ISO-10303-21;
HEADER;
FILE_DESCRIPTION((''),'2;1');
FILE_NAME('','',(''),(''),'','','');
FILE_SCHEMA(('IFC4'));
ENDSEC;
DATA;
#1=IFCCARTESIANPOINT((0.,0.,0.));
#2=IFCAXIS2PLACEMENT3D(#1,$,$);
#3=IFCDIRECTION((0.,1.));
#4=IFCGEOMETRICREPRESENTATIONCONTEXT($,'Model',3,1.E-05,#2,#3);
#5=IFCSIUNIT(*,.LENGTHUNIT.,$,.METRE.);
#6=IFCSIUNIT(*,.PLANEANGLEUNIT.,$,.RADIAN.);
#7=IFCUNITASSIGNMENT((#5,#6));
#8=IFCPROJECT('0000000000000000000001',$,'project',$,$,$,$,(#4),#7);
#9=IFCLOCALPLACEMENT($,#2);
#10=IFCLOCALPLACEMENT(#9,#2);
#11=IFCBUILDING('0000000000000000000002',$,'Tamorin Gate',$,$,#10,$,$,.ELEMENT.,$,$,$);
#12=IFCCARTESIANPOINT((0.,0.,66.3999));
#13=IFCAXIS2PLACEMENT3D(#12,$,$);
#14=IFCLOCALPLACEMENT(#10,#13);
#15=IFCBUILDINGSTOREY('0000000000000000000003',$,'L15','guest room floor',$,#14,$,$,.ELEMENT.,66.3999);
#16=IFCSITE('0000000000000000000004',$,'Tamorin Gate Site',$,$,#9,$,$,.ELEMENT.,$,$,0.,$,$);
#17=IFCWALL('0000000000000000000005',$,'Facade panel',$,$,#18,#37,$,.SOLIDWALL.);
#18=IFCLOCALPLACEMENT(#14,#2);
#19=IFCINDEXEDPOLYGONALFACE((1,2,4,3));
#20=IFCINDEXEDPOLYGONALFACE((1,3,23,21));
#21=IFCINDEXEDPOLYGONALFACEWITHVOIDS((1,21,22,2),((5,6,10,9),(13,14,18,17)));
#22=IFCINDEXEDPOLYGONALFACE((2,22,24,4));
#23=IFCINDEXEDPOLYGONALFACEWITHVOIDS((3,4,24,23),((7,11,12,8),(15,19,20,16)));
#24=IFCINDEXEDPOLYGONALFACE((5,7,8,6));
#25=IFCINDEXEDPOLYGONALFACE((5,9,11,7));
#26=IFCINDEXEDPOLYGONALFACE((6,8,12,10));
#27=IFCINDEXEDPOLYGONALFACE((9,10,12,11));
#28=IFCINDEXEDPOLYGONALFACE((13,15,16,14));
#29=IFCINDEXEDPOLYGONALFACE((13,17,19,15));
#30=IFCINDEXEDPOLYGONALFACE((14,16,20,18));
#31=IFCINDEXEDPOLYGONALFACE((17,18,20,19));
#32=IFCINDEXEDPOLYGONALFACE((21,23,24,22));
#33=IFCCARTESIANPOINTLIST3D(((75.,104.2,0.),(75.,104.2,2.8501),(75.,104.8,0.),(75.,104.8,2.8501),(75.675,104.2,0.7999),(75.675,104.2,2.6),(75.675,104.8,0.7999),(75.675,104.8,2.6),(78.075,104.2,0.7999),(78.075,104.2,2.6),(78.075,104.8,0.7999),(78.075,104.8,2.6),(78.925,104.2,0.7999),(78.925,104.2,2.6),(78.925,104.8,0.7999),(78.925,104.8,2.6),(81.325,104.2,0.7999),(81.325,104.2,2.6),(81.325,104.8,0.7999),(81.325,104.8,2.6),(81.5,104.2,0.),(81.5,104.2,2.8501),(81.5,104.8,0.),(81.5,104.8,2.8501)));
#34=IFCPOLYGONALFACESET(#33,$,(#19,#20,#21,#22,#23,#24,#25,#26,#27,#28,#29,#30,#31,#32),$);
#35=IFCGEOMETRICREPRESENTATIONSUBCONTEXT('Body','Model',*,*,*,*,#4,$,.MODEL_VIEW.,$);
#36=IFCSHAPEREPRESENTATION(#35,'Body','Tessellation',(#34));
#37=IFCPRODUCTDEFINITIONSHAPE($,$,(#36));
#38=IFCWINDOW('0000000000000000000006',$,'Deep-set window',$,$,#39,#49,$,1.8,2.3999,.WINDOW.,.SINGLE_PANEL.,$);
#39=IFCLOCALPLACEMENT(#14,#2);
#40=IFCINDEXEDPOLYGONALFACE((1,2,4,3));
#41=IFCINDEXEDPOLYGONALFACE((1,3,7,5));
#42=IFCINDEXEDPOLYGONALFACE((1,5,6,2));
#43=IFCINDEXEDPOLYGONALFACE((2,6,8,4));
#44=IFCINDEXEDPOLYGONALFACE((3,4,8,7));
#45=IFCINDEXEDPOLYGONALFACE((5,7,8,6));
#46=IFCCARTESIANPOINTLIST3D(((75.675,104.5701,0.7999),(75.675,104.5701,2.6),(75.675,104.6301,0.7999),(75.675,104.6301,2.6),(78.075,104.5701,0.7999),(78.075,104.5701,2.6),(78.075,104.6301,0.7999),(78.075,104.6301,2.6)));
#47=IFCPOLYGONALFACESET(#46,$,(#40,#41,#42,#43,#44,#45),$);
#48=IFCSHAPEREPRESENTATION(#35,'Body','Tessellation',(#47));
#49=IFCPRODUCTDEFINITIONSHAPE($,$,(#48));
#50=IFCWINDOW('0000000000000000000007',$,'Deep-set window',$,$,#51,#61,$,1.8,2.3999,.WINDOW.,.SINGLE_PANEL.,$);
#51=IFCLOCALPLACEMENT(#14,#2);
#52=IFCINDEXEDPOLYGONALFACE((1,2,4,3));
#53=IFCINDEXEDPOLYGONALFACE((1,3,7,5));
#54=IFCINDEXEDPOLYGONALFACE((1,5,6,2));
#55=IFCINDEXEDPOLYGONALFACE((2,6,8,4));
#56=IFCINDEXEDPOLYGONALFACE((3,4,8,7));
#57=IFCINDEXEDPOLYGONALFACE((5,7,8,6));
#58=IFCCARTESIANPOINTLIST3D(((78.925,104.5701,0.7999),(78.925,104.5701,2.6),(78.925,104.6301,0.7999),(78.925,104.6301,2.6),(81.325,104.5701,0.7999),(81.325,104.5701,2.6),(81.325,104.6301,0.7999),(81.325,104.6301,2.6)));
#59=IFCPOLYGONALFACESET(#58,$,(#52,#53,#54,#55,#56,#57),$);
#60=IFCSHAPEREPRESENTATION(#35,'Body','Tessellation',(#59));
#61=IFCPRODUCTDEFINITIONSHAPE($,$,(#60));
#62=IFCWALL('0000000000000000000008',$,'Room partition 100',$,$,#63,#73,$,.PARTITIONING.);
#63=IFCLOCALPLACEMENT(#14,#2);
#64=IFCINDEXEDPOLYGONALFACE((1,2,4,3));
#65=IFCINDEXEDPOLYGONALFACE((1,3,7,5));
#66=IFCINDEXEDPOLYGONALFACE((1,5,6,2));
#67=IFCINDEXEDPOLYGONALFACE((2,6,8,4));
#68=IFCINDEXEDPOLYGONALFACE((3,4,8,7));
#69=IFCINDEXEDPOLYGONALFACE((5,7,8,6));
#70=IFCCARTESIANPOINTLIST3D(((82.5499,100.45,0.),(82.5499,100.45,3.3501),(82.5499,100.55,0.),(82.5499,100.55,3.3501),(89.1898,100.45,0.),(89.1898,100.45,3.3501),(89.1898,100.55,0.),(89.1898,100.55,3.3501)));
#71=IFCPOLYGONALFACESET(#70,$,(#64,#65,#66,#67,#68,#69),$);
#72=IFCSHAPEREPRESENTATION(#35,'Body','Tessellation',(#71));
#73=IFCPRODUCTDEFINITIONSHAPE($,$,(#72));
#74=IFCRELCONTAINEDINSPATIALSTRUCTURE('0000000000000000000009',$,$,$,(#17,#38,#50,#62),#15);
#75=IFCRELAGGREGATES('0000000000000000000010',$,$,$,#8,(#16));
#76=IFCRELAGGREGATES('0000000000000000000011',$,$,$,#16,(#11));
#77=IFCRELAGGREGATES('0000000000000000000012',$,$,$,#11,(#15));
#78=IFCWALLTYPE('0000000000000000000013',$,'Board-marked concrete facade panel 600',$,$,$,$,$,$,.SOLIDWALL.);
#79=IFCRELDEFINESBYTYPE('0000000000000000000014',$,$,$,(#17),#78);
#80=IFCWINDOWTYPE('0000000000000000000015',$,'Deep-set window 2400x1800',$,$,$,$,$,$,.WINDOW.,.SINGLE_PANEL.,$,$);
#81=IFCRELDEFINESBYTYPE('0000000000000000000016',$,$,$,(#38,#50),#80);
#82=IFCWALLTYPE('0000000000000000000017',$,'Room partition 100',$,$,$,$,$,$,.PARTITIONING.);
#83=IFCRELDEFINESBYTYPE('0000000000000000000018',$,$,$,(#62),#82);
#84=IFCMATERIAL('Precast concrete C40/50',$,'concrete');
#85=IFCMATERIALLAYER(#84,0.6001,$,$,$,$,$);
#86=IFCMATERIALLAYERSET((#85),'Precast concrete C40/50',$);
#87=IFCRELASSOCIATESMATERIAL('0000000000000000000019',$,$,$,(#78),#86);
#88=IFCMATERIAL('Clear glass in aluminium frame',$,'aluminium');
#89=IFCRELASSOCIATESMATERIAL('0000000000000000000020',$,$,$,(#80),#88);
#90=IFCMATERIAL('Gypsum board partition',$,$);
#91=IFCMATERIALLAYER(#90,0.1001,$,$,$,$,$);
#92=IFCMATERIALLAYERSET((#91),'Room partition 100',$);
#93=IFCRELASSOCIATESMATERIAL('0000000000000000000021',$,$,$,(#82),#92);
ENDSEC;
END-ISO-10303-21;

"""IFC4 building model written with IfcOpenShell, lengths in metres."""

from ifc_helpers import new_model, si_unit, direction, frame, frame_2d, origin, place, context, subcontext, project, spatial, rectangle, extrude, material, layer, layer_set, type_object, element, fill, save


model = new_model("IFC4")

# Units and contexts
model_context = context("Model", 3, precision=1e-05, world=origin(), true_north=direction((0.0, 1.0)))
body_context = subcontext(model_context, "Body", "Model", "MODEL_VIEW")
ifc_project = project(units=[si_unit("LENGTHUNIT", "METRE"), si_unit("PLANEANGLEUNIT", "RADIAN")], contexts=[model_context])

# Site, building, storey
site_placement = place(None, origin())
site = spatial("IfcSite", under=ifc_project, at=site_placement, Name="Tamorin Gate Site", CompositionType="ELEMENT", RefElevation=0.0)
building_placement = place(site_placement, origin())
building = spatial("IfcBuilding", under=site, at=building_placement, Name="Tamorin Gate", CompositionType="ELEMENT")
storey_placement = place(building_placement, frame((0.0, 0.0, 66.3999)))
storey = spatial("IfcBuildingStorey", under=building, at=storey_placement, Name="L15", Description="guest room floor", CompositionType="ELEMENT", Elevation=66.3999)

# Shared definitions
ifc_material_1 = material(Name="Precast concrete C40/50", Category="concrete")
ifc_layer_1 = layer(ifc_material_1, 0.6001)
ifc_layer_set_1 = layer_set([ifc_layer_1], Name="Precast concrete C40/50")
wall_type_1 = type_object("IfcWallType", Name="Board-marked concrete facade panel 600", PredefinedType="SOLIDWALL", material=ifc_layer_set_1)
ifc_material_2 = material(Name="Clear glass in aluminium frame", Category="aluminium")
window_type = type_object("IfcWindowType", Name="Deep-set window 2400x1800", PartitioningType="SINGLE_PANEL", PredefinedType="WINDOW", material=ifc_material_2)

# Wall, openings, windows
wall_1_placement = place(storey_placement, frame((81.5, 104.5, 0.0), z_axis=(0.0, 0.0, 1.0), x_axis=(-1.0, 0.0, 0.0)))
wall_1 = element("IfcWall", 1, at=wall_1_placement, inside=storey, type_object=wall_type_1, Name="Facade panel", PredefinedType="SOLIDWALL", context=body_context, shape_type="SweptSolid", body=[
    extrude(rectangle(XDim=6.5, YDim=0.6001, at=frame_2d((3.25, 0.0))), origin(), (0.0, 0.0, 1.0), 2.8501),
])
opening_1_placement = place(wall_1_placement, frame((3.425, 0.0, 0.8)))
opening_1 = element("IfcOpeningElement", 2, at=opening_1_placement, cuts=wall_1, PredefinedType="OPENING", context=body_context, shape_type="SweptSolid", body=[
    extrude(rectangle(XDim=2.3999, YDim=1.8, at=frame_2d((1.2, 0.8999))), frame((0.0, 0.3101, 0.0), z_axis=(0.0, -1.0, 0.0), x_axis=(1.0, 0.0, 0.0)), (0.0, 0.0, 1.0), 0.6201),
])
opening_2_placement = place(wall_1_placement, frame((0.175, 0.0, 0.8)))
opening_2 = element("IfcOpeningElement", 3, at=opening_2_placement, cuts=wall_1, PredefinedType="OPENING", context=body_context, shape_type="SweptSolid", body=[
    extrude(rectangle(XDim=2.3999, YDim=1.8, at=frame_2d((1.2, 0.8999))), frame((0.0, 0.3101, 0.0), z_axis=(0.0, -1.0, 0.0), x_axis=(1.0, 0.0, 0.0)), (0.0, 0.0, 1.0), 0.6201),
])
window_1_placement = place(opening_1_placement, origin())
window_1 = element("IfcWindow", 4, at=window_1_placement, inside=storey, type_object=window_type, Name="Deep-set window", OverallHeight=1.8, OverallWidth=2.3999, PartitioningType="SINGLE_PANEL", PredefinedType="WINDOW", context=body_context, shape_type="SweptSolid", body=[
    extrude(rectangle(XDim=2.3999, YDim=1.8, at=frame_2d((1.2, 0.8999))), frame((0.0, -0.0701, 0.0), z_axis=(0.0, -1.0, 0.0), x_axis=(1.0, 0.0, 0.0)), (0.0, 0.0, 1.0), 0.0601),
])
fill(opening_1, window_1)
window_2_placement = place(opening_2_placement, origin())
window_2 = element("IfcWindow", 5, at=window_2_placement, inside=storey, type_object=window_type, Name="Deep-set window", OverallHeight=1.8, OverallWidth=2.3999, PartitioningType="SINGLE_PANEL", PredefinedType="WINDOW", context=body_context, shape_type="SweptSolid", body=[
    extrude(rectangle(XDim=2.3999, YDim=1.8, at=frame_2d((1.2, 0.8999))), frame((0.0, -0.0701, 0.0), z_axis=(0.0, -1.0, 0.0), x_axis=(1.0, 0.0, 0.0)), (0.0, 0.0, 1.0), 0.0601),
])
fill(opening_2, window_2)

# Wall
ifc_material_3 = material(Name="Gypsum board partition")
ifc_layer_2 = layer(ifc_material_3, 0.1001)
ifc_layer_set_2 = layer_set([ifc_layer_2], Name="Room partition 100")
wall_type_2 = type_object("IfcWallType", Name="Room partition 100", PredefinedType="PARTITIONING", material=ifc_layer_set_2)
wall_2_placement = place(storey_placement, frame((82.55, 100.5, 0.0), z_axis=(0.0, 0.0, 1.0), x_axis=(1.0, 0.0, 0.0)))
element("IfcWall", 6, at=wall_2_placement, inside=storey, type_object=wall_type_2, Name="Room partition 100", PredefinedType="PARTITIONING", context=body_context, shape_type="SweptSolid", body=[
    extrude(rectangle(XDim=6.6399, YDim=0.1001, at=frame_2d((3.3198, 0.0))), origin(), (0.0, 0.0, 1.0), 3.3501),
])

save(model, "model.ifc")
